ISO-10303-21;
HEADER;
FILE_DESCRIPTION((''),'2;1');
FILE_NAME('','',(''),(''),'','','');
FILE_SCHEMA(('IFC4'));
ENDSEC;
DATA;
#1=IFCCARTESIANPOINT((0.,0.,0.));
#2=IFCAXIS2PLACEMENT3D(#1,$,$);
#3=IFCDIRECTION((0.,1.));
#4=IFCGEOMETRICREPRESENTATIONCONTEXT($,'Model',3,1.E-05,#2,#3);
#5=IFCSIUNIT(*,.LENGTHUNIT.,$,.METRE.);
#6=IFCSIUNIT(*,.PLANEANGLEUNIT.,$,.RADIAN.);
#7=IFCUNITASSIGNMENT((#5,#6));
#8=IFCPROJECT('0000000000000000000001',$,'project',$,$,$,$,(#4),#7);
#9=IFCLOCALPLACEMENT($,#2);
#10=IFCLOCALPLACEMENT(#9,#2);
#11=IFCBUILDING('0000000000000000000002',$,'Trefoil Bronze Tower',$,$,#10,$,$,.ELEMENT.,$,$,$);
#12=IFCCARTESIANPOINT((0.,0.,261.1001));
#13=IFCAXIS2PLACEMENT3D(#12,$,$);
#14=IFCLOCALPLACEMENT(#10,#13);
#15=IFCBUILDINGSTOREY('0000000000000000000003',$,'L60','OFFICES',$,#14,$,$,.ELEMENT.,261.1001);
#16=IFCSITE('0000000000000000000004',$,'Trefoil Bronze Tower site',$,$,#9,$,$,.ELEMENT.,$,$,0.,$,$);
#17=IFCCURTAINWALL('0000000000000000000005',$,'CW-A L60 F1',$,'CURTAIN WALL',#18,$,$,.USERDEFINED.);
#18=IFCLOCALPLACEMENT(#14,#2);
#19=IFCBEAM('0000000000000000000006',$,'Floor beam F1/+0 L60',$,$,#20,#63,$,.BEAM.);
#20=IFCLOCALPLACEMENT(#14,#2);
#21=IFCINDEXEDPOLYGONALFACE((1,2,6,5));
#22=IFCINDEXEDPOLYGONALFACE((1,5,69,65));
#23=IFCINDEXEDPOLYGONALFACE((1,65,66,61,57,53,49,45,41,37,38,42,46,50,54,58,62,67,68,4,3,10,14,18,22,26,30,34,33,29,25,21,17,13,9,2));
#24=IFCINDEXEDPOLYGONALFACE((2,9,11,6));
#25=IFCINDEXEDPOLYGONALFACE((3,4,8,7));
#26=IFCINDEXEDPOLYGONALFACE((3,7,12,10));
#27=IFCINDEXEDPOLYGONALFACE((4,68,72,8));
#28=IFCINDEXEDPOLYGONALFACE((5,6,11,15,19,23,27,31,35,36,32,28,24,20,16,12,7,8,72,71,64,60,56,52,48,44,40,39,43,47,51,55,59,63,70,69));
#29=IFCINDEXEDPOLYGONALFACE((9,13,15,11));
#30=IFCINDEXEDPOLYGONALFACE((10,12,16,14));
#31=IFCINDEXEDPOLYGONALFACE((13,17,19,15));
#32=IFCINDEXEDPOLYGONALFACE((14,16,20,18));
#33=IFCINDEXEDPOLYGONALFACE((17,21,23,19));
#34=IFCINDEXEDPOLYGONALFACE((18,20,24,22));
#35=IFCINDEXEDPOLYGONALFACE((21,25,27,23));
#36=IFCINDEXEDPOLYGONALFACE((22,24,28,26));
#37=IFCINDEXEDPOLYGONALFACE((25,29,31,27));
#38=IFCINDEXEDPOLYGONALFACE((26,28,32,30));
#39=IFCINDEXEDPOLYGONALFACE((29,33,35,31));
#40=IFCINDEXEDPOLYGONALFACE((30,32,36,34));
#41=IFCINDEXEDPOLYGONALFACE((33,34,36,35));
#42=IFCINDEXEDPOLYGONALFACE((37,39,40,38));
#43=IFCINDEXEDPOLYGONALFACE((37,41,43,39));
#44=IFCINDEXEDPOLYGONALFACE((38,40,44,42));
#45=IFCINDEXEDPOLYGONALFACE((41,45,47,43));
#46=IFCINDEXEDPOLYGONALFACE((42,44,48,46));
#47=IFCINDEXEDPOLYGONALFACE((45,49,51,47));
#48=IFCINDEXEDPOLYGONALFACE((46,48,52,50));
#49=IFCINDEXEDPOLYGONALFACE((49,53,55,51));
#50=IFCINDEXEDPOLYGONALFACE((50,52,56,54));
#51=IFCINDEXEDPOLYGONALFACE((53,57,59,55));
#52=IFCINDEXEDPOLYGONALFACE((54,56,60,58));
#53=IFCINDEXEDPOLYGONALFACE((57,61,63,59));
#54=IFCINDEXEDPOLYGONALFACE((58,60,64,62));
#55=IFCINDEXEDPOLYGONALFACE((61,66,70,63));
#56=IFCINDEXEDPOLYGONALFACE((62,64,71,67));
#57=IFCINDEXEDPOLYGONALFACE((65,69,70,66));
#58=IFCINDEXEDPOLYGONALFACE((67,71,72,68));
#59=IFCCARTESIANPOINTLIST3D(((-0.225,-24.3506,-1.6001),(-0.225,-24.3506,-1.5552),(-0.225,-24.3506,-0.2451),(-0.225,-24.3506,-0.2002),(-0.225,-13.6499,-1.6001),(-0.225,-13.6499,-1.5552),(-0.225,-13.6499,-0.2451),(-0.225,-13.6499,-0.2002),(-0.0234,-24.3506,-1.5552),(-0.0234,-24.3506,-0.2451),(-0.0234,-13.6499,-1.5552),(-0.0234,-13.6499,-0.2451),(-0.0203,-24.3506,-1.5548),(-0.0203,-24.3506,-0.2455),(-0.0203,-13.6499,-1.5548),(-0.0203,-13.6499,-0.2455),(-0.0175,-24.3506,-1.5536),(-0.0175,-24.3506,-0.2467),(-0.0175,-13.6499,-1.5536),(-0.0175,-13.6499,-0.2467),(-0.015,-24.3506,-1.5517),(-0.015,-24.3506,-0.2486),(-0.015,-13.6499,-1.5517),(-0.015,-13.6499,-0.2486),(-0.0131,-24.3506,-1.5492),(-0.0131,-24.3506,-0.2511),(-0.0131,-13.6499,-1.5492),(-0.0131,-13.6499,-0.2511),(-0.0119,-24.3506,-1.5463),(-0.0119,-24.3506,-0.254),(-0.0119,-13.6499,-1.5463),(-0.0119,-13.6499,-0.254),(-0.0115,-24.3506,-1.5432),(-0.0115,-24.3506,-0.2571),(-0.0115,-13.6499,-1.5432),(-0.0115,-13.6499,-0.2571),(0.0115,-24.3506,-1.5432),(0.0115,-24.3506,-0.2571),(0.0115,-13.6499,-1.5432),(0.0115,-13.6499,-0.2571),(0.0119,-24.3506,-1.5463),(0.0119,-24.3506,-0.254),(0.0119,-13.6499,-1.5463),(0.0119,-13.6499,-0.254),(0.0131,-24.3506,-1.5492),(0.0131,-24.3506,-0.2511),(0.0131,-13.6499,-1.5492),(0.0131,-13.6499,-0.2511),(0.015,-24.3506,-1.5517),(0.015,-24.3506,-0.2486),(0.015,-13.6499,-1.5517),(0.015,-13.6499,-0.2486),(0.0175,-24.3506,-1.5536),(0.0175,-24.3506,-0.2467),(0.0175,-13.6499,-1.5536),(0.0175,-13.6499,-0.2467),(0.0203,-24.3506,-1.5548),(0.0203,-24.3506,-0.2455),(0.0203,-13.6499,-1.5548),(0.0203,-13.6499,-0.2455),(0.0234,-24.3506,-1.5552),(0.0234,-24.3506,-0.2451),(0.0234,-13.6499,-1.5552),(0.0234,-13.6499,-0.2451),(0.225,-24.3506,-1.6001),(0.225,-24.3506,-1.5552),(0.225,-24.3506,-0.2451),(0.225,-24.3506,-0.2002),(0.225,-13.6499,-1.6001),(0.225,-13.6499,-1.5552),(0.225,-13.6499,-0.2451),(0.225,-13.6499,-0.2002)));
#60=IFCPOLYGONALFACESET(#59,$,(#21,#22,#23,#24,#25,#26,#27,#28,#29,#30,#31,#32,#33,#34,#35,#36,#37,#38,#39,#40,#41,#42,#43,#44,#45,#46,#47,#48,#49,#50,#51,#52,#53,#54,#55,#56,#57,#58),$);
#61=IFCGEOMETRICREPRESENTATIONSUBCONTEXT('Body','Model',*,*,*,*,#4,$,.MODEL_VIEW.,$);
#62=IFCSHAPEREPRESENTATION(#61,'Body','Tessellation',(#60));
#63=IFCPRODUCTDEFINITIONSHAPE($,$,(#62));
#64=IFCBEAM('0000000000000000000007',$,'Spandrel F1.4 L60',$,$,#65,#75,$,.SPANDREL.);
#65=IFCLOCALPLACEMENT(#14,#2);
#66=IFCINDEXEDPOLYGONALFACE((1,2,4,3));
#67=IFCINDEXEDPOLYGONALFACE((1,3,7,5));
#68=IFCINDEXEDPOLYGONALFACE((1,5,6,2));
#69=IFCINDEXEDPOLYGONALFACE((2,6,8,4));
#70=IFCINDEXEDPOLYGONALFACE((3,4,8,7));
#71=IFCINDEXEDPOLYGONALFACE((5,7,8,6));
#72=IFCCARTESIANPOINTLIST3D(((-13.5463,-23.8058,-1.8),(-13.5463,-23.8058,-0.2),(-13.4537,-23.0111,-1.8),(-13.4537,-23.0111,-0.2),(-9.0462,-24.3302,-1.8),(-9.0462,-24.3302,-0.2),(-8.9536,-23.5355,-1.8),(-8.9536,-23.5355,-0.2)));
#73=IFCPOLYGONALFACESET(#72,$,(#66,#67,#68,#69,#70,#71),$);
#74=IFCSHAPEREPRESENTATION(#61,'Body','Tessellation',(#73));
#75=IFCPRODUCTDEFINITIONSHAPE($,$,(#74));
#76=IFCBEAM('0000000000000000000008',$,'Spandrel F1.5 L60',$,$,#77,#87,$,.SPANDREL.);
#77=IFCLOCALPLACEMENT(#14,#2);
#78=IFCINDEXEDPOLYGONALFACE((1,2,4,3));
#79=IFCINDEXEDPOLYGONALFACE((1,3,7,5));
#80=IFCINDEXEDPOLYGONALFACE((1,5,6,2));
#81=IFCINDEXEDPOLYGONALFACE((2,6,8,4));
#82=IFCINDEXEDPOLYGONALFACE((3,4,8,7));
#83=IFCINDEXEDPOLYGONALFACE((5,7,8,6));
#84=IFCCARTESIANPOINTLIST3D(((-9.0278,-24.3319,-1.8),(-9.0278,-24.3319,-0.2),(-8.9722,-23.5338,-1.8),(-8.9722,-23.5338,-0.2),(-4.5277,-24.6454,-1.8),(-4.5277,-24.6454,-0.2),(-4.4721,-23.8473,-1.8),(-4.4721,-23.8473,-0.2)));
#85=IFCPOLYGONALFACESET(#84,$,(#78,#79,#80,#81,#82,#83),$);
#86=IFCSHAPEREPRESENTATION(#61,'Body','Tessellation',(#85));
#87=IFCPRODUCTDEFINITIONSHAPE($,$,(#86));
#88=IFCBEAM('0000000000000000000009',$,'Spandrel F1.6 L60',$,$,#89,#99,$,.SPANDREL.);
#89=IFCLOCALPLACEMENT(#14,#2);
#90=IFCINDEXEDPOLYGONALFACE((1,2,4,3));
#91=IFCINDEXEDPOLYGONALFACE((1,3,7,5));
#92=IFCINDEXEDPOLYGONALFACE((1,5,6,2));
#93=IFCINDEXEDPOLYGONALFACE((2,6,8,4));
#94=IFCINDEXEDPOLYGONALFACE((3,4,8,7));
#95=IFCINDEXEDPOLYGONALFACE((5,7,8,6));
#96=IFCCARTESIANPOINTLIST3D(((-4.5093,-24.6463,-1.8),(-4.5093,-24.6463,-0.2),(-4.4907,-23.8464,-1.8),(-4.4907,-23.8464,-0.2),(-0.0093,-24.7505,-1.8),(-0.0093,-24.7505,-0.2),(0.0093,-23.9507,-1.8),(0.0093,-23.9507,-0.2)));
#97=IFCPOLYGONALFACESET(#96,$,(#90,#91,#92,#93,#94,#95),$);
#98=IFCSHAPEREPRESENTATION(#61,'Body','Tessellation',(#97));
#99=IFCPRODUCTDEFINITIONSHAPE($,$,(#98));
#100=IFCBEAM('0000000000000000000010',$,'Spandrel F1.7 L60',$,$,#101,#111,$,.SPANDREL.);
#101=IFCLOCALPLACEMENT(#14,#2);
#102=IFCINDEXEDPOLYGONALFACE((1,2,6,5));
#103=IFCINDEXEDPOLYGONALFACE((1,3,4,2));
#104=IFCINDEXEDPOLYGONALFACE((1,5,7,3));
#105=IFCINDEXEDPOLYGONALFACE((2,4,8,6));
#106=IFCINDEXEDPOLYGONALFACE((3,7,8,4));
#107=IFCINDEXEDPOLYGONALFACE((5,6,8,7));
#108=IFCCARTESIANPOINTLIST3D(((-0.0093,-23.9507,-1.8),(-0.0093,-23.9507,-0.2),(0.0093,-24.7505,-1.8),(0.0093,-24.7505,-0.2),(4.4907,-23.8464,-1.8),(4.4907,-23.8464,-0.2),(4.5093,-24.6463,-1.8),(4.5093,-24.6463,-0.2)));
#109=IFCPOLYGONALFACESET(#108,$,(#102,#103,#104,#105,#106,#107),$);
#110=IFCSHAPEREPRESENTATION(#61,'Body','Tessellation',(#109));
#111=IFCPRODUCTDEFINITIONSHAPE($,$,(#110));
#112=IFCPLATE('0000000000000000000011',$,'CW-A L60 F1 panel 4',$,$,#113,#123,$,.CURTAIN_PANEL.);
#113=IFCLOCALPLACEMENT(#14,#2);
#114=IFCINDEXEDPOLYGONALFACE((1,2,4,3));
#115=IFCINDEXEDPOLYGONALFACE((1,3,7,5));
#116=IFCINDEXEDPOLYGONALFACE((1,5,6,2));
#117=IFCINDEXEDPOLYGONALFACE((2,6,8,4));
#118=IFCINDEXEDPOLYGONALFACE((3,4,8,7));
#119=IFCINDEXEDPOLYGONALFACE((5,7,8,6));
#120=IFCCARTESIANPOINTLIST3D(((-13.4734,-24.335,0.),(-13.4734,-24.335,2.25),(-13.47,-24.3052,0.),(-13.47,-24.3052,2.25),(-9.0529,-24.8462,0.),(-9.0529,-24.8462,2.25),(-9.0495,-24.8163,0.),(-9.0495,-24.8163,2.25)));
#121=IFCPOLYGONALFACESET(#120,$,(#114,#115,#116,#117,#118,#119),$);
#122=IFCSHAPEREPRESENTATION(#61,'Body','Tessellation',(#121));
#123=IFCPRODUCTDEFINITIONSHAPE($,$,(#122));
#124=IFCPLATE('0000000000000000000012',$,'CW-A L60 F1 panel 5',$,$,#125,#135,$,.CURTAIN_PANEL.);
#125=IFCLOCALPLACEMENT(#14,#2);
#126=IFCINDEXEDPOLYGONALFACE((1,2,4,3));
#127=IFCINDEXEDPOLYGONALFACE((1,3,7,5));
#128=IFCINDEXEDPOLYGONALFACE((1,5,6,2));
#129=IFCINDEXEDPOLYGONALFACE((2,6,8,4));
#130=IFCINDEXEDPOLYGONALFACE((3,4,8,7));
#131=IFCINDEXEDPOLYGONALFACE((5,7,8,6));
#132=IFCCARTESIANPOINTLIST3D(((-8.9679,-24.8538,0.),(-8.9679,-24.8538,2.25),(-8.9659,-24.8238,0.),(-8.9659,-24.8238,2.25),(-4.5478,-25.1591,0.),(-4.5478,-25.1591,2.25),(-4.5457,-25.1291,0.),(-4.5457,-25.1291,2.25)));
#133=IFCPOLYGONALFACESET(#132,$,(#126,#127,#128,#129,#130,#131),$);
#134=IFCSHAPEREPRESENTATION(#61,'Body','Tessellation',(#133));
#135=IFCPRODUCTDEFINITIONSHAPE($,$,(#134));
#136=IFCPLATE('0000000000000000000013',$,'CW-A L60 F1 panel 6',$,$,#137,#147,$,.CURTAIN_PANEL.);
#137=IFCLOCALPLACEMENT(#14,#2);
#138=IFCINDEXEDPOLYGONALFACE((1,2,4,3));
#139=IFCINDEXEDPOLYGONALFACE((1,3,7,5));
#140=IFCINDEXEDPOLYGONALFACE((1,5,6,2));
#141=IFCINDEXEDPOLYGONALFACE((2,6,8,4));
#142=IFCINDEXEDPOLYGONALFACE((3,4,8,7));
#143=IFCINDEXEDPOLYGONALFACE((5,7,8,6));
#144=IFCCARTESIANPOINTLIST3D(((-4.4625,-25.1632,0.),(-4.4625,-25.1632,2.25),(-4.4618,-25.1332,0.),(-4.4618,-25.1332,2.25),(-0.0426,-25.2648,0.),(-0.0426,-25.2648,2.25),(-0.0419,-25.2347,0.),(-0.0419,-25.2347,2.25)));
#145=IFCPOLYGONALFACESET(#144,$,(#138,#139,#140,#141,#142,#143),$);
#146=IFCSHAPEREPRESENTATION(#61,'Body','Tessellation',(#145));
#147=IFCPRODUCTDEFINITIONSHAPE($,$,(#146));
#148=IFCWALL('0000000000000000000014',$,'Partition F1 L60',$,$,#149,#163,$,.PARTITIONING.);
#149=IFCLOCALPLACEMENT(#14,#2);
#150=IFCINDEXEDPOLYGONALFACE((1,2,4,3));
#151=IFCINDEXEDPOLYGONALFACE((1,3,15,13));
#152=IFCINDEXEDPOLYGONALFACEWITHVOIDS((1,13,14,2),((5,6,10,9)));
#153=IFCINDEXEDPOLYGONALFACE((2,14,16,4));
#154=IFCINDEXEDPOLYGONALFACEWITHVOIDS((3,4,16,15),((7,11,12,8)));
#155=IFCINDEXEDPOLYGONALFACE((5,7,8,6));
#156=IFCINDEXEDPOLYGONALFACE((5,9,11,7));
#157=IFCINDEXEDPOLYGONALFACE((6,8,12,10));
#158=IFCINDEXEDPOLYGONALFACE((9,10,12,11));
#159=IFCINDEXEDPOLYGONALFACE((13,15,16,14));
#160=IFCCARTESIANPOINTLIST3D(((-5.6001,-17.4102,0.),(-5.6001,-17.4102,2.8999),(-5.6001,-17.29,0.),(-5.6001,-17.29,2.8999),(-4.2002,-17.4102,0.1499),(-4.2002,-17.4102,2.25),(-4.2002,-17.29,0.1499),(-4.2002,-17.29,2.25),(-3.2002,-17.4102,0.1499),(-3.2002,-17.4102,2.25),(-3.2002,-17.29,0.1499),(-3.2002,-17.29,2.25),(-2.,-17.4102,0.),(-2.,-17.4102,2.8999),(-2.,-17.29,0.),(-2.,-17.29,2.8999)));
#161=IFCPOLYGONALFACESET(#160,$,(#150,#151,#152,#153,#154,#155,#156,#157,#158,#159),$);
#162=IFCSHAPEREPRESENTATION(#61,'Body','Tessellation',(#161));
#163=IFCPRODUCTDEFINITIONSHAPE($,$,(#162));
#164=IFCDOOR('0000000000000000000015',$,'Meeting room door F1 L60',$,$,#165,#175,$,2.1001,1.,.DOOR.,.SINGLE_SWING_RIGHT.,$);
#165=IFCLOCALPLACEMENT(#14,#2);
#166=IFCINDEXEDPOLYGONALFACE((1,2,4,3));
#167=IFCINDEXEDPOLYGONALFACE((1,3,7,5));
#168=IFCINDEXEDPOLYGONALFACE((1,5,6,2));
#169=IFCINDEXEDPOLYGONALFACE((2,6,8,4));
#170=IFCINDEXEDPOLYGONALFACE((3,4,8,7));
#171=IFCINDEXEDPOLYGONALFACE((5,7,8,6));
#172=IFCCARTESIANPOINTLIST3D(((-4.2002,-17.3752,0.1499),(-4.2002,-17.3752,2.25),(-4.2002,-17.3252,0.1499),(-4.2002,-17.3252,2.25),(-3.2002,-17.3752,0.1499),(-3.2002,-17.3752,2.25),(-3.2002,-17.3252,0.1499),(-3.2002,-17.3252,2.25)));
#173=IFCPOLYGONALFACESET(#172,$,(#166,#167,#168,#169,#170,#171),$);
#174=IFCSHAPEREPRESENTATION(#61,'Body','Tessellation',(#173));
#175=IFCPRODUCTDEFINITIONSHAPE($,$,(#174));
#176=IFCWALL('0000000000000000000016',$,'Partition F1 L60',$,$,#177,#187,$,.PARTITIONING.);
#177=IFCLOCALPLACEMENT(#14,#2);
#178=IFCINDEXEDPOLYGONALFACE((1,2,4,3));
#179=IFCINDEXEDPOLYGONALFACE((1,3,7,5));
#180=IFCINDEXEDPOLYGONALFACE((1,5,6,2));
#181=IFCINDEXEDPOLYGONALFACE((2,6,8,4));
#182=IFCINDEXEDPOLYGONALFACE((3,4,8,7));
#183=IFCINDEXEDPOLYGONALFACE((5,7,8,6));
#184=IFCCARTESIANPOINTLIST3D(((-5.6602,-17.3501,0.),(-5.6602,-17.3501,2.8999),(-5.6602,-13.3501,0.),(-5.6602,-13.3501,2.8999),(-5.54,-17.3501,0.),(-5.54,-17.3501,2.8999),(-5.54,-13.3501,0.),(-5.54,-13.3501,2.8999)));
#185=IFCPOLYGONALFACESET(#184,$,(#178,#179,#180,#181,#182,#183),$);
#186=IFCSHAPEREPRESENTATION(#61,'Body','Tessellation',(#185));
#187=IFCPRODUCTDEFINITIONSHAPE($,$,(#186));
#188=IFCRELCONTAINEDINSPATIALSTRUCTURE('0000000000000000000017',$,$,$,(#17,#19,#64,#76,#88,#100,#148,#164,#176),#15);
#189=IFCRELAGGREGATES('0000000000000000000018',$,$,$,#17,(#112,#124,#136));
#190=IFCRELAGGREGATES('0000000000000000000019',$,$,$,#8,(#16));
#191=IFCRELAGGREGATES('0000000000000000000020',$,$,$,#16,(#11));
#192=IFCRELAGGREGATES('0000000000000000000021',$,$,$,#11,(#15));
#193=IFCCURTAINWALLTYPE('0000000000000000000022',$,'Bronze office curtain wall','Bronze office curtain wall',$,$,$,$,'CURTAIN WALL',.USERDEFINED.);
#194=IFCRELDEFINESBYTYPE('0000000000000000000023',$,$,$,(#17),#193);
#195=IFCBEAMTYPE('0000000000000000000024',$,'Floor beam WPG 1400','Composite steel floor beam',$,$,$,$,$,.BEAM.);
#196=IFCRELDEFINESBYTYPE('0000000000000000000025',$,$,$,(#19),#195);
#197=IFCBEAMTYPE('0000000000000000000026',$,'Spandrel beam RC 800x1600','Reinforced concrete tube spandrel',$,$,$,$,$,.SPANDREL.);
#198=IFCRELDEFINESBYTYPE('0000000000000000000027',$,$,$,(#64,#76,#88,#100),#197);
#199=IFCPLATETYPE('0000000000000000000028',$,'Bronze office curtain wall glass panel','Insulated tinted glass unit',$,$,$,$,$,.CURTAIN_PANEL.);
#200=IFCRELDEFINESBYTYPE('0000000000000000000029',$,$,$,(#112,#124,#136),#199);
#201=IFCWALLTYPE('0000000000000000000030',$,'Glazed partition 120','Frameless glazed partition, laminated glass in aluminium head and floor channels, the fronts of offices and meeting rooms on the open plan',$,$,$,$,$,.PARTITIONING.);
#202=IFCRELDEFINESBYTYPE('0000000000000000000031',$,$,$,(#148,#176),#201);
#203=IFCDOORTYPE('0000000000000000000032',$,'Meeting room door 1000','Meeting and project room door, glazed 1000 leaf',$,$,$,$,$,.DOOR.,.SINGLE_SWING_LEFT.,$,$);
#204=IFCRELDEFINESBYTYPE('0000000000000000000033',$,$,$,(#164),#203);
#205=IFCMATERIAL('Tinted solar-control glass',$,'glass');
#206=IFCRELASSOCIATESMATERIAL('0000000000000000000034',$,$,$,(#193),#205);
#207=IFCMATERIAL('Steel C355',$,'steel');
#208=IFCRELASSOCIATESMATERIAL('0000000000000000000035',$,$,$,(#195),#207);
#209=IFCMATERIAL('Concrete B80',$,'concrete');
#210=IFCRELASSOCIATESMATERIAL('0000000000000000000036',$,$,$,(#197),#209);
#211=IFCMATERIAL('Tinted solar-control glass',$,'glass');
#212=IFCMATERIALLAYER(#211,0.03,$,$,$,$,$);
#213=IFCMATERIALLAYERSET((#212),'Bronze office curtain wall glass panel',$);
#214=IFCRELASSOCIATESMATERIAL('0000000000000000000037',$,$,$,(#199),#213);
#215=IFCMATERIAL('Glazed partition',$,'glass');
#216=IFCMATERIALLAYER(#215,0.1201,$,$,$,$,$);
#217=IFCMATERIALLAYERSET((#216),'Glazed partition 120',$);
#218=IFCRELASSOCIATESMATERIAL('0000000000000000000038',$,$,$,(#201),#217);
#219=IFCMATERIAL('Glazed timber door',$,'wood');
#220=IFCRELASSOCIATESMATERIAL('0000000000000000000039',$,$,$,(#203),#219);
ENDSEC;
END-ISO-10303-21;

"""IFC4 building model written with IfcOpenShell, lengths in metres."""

from ifc_helpers import new_model, si_unit, direction, frame, frame_2d, origin, origin_2d, place, context, subcontext, project, spatial, rectangle, i_section, extrude, material, layer, layer_set, material_profile, profile_set, type_object, element, fill, aggregate, save


model = new_model("IFC4")

# Units and contexts
model_context = context("Model", 3, precision=1e-05, world=origin(), true_north=direction((0.0, 1.0)))
body_context = subcontext(model_context, "Body", "Model", "MODEL_VIEW")
ifc_project = project(units=[si_unit("LENGTHUNIT", "METRE"), si_unit("PLANEANGLEUNIT", "RADIAN")], contexts=[model_context])

# Site, building, storey
site_placement = place(None, origin())
site = spatial("IfcSite", under=ifc_project, at=site_placement, Name="Trefoil Bronze Tower site", CompositionType="ELEMENT", RefElevation=0.0)
building_placement = place(site_placement, origin())
building = spatial("IfcBuilding", under=site, at=building_placement, Name="Trefoil Bronze Tower", CompositionType="ELEMENT")
storey_placement = place(building_placement, frame((0.0, 0.0, 261.1001)))
storey = spatial("IfcBuildingStorey", under=building, at=storey_placement, Name="L60", Description="OFFICES", CompositionType="ELEMENT", Elevation=261.1001)

# Curtain wall
ifc_material_1 = material(Name="Tinted solar-control glass", Category="glass")
curtain_wall_type = type_object("IfcCurtainWallType", Name="Bronze office curtain wall", Description="Bronze office curtain wall", ElementType="CURTAIN WALL", PredefinedType="USERDEFINED", material=ifc_material_1)
curtain_wall_placement = place(storey_placement, origin())
curtain_wall = element("IfcCurtainWall", 1, at=curtain_wall_placement, inside=storey, type_object=curtain_wall_type, Name="CW-A L60 F1", ObjectType="CURTAIN WALL", PredefinedType="USERDEFINED")

# Beams
ifc_material_2 = material(Name="Steel C355", Category="steel")
ifc_material_profile_1 = material_profile(ifc_material_2, i_section(OverallWidth=0.45, OverallDepth=1.3999, WebThickness=0.0229, FlangeThickness=0.0449, FilletRadius=0.012, at=origin_2d()), Name="WPG 1400")
ifc_profile_set_1 = profile_set([ifc_material_profile_1], Name="Steel C355")
beam_type_1 = type_object("IfcBeamType", Name="Floor beam WPG 1400", Description="Composite steel floor beam", PredefinedType="BEAM", material=ifc_profile_set_1)
beam_1_placement = place(storey_placement, frame((0.0, -24.3506, -0.9001), z_axis=(0.0, 1.0, 0.0), x_axis=(-1.0, 0.0, 0.0)))
element("IfcBeam", 2, at=beam_1_placement, inside=storey, type_object=beam_type_1, Name="Floor beam F1/+0 L60", PredefinedType="BEAM", context=body_context, shape_type="SweptSolid", body=[
    extrude(i_section(OverallWidth=0.45, OverallDepth=1.3999, WebThickness=0.0229, FlangeThickness=0.0449, FilletRadius=0.012, at=origin_2d()), origin(), (0.0, 0.0, 1.0), 10.7007),
])
ifc_material_3 = material(Name="Concrete B80", Category="concrete")
ifc_material_profile_2 = material_profile(ifc_material_3, rectangle(XDim=0.8, YDim=1.6001, at=origin_2d()), Name="RC 800x1600")
ifc_profile_set_2 = profile_set([ifc_material_profile_2], Name="Concrete B80")
beam_type_2 = type_object("IfcBeamType", Name="Spandrel beam RC 800x1600", Description="Reinforced concrete tube spandrel", PredefinedType="SPANDREL", material=ifc_profile_set_2)
beam_2_placement = place(storey_placement, frame((-13.5, -23.4084, -1.0), z_axis=(0.993278, -0.115753, 0.0), x_axis=(0.115753, 0.993278, 0.0)))
element("IfcBeam", 3, at=beam_2_placement, inside=storey, type_object=beam_type_2, Name="Spandrel F1.4 L60", PredefinedType="SPANDREL", context=body_context, shape_type="SweptSolid", body=[
    extrude(rectangle(XDim=0.8, YDim=1.6001, at=origin_2d()), origin(), (0.0, 0.0, 1.0), 4.5305),
])
beam_3_placement = place(storey_placement, frame((-9.0, -23.9329, -1.0), z_axis=(0.997582, -0.069493, 0.0), x_axis=(0.069493, 0.997582, 0.0)))
element("IfcBeam", 4, at=beam_3_placement, inside=storey, type_object=beam_type_2, Name="Spandrel F1.5 L60", PredefinedType="SPANDREL", context=body_context, shape_type="SweptSolid", body=[
    extrude(rectangle(XDim=0.8, YDim=1.6001, at=origin_2d()), origin(), (0.0, 0.0, 1.0), 4.511),
])
for number, where, z_axis, x_axis, name in (
    (5, (-4.5, -24.2463, -1.0), (0.999732, -0.02316, 0.0), (0.02316, 0.999732, 0.0), "Spandrel F1.6 L60"),
    (6, (0.0, -24.3506, -1.0), (0.999732, 0.02316, 0.0), (-0.02316, 0.999732, 0.0), "Spandrel F1.7 L60"),
):
    element("IfcBeam", number, at=place(storey_placement, frame(where, z_axis=z_axis, x_axis=x_axis)), inside=storey, type_object=beam_type_2, Name=name, PredefinedType="SPANDREL", context=body_context, shape_type="SweptSolid", body=[
        extrude(rectangle(XDim=0.8, YDim=1.6001, at=origin_2d()), origin(), (0.0, 0.0, 1.0), 4.5012),
    ])

# Plates
ifc_material_4 = material(Name="Tinted solar-control glass", Category="glass")
ifc_layer_1 = layer(ifc_material_4, 0.03)
ifc_layer_set_1 = layer_set([ifc_layer_1], Name="Bronze office curtain wall glass panel")
plate_type = type_object("IfcPlateType", Name="Bronze office curtain wall glass panel", Description="Insulated tinted glass unit", PredefinedType="CURTAIN_PANEL", material=ifc_layer_set_1)
plate_1_placement = place(storey_placement, frame((-11.2615, -24.5757, 0.0), z_axis=(0.0, 0.0, 1.0), x_axis=(0.993382, -0.114859, 0.0)))
plate_1 = element("IfcPlate", 7, at=plate_1_placement, type_object=plate_type, Name="CW-A L60 F1 panel 4", PredefinedType="CURTAIN_PANEL", context=body_context, shape_type="SweptSolid", body=[
    extrude(rectangle(XDim=4.45, YDim=0.03, at=origin_2d()), origin(), (0.0, 0.0, 1.0), 2.25),
])
plate_2_placement = place(storey_placement, frame((-6.7568, -24.9915, 0.0), z_axis=(0.0, 0.0, 1.0), x_axis=(0.997623, -0.068915, 0.0)))
plate_2 = element("IfcPlate", 8, at=plate_2_placement, type_object=plate_type, Name="CW-A L60 F1 panel 5", PredefinedType="CURTAIN_PANEL", context=body_context, shape_type="SweptSolid", body=[
    extrude(rectangle(XDim=4.4307, YDim=0.03, at=origin_2d()), origin(), (0.0, 0.0, 1.0), 2.25),
])
plate_3_placement = place(storey_placement, frame((-2.2522, -25.199, 0.0), z_axis=(0.0, 0.0, 1.0), x_axis=(0.999736, -0.022972, 0.0)))
plate_3 = element("IfcPlate", 9, at=plate_3_placement, type_object=plate_type, Name="CW-A L60 F1 panel 6", PredefinedType="CURTAIN_PANEL", context=body_context, shape_type="SweptSolid", body=[
    extrude(rectangle(XDim=4.4211, YDim=0.03, at=origin_2d()), origin(), (0.0, 0.0, 1.0), 2.25),
])
aggregate(curtain_wall, [plate_1, plate_2, plate_3])

# Wall, opening, door
ifc_material_5 = material(Name="Glazed partition", Category="glass")
ifc_layer_2 = layer(ifc_material_5, 0.1201)
ifc_layer_set_2 = layer_set([ifc_layer_2], Name="Glazed partition 120")
wall_type = type_object("IfcWallType", Name="Glazed partition 120", Description="Frameless glazed partition, laminated glass in aluminium head and floor channels, the fronts of offices and meeting rooms on the open plan", PredefinedType="PARTITIONING", material=ifc_layer_set_2)
wall_1_placement = place(storey_placement, frame((-5.6001, -17.3501, 0.0), z_axis=(0.0, 0.0, 1.0), x_axis=(1.0, 0.0, 0.0)))
wall_1 = element("IfcWall", 10, at=wall_1_placement, inside=storey, type_object=wall_type, Name="Partition F1 L60", PredefinedType="PARTITIONING", context=body_context, shape_type="SweptSolid", body=[
    extrude(rectangle(XDim=3.6001, YDim=0.1201, at=frame_2d((1.8, 0.0))), origin(), (0.0, 0.0, 1.0), 2.8999),
])
opening_placement = place(wall_1_placement, frame((1.3999, 0.0, 0.1499)))
opening = element("IfcOpeningElement", 11, at=opening_placement, cuts=wall_1, PredefinedType="OPENING", context=body_context, shape_type="SweptSolid", body=[
    extrude(rectangle(XDim=1.0, YDim=2.1001, at=frame_2d((0.5, 1.05))), frame((0.0, 0.0701, 0.0), z_axis=(0.0, -1.0, 0.0), x_axis=(1.0, 0.0, 0.0)), (0.0, 0.0, 1.0), 0.1401),
])
ifc_material_6 = material(Name="Glazed timber door", Category="wood")
door_type = type_object("IfcDoorType", Name="Meeting room door 1000", Description="Meeting and project room door, glazed 1000 leaf", OperationType="SINGLE_SWING_LEFT", PredefinedType="DOOR", material=ifc_material_6)
door_placement = place(opening_placement, origin())
door = element("IfcDoor", 12, at=door_placement, inside=storey, type_object=door_type, Name="Meeting room door F1 L60", OperationType="SINGLE_SWING_RIGHT", OverallHeight=2.1001, OverallWidth=1.0, PredefinedType="DOOR", context=body_context, shape_type="SweptSolid", body=[
    extrude(rectangle(XDim=1.0, YDim=2.1001, at=frame_2d((0.5, 1.05))), frame((0.0, 0.0249, 0.0), z_axis=(0.0, -1.0, 0.0), x_axis=(1.0, 0.0, 0.0)), (0.0, 0.0, 1.0), 0.05),
])
fill(opening, door)

# Wall
wall_2_placement = place(storey_placement, frame((-5.6001, -13.3501, 0.0), z_axis=(0.0, 0.0, 1.0), x_axis=(0.0, -1.0, 0.0)))
element("IfcWall", 13, at=wall_2_placement, inside=storey, type_object=wall_type, Name="Partition F1 L60", PredefinedType="PARTITIONING", context=body_context, shape_type="SweptSolid", body=[
    extrude(rectangle(XDim=4.0, YDim=0.1201, at=frame_2d((2.0, 0.0))), origin(), (0.0, 0.0, 1.0), 2.8999),
])

save(model, "model.ifc")
